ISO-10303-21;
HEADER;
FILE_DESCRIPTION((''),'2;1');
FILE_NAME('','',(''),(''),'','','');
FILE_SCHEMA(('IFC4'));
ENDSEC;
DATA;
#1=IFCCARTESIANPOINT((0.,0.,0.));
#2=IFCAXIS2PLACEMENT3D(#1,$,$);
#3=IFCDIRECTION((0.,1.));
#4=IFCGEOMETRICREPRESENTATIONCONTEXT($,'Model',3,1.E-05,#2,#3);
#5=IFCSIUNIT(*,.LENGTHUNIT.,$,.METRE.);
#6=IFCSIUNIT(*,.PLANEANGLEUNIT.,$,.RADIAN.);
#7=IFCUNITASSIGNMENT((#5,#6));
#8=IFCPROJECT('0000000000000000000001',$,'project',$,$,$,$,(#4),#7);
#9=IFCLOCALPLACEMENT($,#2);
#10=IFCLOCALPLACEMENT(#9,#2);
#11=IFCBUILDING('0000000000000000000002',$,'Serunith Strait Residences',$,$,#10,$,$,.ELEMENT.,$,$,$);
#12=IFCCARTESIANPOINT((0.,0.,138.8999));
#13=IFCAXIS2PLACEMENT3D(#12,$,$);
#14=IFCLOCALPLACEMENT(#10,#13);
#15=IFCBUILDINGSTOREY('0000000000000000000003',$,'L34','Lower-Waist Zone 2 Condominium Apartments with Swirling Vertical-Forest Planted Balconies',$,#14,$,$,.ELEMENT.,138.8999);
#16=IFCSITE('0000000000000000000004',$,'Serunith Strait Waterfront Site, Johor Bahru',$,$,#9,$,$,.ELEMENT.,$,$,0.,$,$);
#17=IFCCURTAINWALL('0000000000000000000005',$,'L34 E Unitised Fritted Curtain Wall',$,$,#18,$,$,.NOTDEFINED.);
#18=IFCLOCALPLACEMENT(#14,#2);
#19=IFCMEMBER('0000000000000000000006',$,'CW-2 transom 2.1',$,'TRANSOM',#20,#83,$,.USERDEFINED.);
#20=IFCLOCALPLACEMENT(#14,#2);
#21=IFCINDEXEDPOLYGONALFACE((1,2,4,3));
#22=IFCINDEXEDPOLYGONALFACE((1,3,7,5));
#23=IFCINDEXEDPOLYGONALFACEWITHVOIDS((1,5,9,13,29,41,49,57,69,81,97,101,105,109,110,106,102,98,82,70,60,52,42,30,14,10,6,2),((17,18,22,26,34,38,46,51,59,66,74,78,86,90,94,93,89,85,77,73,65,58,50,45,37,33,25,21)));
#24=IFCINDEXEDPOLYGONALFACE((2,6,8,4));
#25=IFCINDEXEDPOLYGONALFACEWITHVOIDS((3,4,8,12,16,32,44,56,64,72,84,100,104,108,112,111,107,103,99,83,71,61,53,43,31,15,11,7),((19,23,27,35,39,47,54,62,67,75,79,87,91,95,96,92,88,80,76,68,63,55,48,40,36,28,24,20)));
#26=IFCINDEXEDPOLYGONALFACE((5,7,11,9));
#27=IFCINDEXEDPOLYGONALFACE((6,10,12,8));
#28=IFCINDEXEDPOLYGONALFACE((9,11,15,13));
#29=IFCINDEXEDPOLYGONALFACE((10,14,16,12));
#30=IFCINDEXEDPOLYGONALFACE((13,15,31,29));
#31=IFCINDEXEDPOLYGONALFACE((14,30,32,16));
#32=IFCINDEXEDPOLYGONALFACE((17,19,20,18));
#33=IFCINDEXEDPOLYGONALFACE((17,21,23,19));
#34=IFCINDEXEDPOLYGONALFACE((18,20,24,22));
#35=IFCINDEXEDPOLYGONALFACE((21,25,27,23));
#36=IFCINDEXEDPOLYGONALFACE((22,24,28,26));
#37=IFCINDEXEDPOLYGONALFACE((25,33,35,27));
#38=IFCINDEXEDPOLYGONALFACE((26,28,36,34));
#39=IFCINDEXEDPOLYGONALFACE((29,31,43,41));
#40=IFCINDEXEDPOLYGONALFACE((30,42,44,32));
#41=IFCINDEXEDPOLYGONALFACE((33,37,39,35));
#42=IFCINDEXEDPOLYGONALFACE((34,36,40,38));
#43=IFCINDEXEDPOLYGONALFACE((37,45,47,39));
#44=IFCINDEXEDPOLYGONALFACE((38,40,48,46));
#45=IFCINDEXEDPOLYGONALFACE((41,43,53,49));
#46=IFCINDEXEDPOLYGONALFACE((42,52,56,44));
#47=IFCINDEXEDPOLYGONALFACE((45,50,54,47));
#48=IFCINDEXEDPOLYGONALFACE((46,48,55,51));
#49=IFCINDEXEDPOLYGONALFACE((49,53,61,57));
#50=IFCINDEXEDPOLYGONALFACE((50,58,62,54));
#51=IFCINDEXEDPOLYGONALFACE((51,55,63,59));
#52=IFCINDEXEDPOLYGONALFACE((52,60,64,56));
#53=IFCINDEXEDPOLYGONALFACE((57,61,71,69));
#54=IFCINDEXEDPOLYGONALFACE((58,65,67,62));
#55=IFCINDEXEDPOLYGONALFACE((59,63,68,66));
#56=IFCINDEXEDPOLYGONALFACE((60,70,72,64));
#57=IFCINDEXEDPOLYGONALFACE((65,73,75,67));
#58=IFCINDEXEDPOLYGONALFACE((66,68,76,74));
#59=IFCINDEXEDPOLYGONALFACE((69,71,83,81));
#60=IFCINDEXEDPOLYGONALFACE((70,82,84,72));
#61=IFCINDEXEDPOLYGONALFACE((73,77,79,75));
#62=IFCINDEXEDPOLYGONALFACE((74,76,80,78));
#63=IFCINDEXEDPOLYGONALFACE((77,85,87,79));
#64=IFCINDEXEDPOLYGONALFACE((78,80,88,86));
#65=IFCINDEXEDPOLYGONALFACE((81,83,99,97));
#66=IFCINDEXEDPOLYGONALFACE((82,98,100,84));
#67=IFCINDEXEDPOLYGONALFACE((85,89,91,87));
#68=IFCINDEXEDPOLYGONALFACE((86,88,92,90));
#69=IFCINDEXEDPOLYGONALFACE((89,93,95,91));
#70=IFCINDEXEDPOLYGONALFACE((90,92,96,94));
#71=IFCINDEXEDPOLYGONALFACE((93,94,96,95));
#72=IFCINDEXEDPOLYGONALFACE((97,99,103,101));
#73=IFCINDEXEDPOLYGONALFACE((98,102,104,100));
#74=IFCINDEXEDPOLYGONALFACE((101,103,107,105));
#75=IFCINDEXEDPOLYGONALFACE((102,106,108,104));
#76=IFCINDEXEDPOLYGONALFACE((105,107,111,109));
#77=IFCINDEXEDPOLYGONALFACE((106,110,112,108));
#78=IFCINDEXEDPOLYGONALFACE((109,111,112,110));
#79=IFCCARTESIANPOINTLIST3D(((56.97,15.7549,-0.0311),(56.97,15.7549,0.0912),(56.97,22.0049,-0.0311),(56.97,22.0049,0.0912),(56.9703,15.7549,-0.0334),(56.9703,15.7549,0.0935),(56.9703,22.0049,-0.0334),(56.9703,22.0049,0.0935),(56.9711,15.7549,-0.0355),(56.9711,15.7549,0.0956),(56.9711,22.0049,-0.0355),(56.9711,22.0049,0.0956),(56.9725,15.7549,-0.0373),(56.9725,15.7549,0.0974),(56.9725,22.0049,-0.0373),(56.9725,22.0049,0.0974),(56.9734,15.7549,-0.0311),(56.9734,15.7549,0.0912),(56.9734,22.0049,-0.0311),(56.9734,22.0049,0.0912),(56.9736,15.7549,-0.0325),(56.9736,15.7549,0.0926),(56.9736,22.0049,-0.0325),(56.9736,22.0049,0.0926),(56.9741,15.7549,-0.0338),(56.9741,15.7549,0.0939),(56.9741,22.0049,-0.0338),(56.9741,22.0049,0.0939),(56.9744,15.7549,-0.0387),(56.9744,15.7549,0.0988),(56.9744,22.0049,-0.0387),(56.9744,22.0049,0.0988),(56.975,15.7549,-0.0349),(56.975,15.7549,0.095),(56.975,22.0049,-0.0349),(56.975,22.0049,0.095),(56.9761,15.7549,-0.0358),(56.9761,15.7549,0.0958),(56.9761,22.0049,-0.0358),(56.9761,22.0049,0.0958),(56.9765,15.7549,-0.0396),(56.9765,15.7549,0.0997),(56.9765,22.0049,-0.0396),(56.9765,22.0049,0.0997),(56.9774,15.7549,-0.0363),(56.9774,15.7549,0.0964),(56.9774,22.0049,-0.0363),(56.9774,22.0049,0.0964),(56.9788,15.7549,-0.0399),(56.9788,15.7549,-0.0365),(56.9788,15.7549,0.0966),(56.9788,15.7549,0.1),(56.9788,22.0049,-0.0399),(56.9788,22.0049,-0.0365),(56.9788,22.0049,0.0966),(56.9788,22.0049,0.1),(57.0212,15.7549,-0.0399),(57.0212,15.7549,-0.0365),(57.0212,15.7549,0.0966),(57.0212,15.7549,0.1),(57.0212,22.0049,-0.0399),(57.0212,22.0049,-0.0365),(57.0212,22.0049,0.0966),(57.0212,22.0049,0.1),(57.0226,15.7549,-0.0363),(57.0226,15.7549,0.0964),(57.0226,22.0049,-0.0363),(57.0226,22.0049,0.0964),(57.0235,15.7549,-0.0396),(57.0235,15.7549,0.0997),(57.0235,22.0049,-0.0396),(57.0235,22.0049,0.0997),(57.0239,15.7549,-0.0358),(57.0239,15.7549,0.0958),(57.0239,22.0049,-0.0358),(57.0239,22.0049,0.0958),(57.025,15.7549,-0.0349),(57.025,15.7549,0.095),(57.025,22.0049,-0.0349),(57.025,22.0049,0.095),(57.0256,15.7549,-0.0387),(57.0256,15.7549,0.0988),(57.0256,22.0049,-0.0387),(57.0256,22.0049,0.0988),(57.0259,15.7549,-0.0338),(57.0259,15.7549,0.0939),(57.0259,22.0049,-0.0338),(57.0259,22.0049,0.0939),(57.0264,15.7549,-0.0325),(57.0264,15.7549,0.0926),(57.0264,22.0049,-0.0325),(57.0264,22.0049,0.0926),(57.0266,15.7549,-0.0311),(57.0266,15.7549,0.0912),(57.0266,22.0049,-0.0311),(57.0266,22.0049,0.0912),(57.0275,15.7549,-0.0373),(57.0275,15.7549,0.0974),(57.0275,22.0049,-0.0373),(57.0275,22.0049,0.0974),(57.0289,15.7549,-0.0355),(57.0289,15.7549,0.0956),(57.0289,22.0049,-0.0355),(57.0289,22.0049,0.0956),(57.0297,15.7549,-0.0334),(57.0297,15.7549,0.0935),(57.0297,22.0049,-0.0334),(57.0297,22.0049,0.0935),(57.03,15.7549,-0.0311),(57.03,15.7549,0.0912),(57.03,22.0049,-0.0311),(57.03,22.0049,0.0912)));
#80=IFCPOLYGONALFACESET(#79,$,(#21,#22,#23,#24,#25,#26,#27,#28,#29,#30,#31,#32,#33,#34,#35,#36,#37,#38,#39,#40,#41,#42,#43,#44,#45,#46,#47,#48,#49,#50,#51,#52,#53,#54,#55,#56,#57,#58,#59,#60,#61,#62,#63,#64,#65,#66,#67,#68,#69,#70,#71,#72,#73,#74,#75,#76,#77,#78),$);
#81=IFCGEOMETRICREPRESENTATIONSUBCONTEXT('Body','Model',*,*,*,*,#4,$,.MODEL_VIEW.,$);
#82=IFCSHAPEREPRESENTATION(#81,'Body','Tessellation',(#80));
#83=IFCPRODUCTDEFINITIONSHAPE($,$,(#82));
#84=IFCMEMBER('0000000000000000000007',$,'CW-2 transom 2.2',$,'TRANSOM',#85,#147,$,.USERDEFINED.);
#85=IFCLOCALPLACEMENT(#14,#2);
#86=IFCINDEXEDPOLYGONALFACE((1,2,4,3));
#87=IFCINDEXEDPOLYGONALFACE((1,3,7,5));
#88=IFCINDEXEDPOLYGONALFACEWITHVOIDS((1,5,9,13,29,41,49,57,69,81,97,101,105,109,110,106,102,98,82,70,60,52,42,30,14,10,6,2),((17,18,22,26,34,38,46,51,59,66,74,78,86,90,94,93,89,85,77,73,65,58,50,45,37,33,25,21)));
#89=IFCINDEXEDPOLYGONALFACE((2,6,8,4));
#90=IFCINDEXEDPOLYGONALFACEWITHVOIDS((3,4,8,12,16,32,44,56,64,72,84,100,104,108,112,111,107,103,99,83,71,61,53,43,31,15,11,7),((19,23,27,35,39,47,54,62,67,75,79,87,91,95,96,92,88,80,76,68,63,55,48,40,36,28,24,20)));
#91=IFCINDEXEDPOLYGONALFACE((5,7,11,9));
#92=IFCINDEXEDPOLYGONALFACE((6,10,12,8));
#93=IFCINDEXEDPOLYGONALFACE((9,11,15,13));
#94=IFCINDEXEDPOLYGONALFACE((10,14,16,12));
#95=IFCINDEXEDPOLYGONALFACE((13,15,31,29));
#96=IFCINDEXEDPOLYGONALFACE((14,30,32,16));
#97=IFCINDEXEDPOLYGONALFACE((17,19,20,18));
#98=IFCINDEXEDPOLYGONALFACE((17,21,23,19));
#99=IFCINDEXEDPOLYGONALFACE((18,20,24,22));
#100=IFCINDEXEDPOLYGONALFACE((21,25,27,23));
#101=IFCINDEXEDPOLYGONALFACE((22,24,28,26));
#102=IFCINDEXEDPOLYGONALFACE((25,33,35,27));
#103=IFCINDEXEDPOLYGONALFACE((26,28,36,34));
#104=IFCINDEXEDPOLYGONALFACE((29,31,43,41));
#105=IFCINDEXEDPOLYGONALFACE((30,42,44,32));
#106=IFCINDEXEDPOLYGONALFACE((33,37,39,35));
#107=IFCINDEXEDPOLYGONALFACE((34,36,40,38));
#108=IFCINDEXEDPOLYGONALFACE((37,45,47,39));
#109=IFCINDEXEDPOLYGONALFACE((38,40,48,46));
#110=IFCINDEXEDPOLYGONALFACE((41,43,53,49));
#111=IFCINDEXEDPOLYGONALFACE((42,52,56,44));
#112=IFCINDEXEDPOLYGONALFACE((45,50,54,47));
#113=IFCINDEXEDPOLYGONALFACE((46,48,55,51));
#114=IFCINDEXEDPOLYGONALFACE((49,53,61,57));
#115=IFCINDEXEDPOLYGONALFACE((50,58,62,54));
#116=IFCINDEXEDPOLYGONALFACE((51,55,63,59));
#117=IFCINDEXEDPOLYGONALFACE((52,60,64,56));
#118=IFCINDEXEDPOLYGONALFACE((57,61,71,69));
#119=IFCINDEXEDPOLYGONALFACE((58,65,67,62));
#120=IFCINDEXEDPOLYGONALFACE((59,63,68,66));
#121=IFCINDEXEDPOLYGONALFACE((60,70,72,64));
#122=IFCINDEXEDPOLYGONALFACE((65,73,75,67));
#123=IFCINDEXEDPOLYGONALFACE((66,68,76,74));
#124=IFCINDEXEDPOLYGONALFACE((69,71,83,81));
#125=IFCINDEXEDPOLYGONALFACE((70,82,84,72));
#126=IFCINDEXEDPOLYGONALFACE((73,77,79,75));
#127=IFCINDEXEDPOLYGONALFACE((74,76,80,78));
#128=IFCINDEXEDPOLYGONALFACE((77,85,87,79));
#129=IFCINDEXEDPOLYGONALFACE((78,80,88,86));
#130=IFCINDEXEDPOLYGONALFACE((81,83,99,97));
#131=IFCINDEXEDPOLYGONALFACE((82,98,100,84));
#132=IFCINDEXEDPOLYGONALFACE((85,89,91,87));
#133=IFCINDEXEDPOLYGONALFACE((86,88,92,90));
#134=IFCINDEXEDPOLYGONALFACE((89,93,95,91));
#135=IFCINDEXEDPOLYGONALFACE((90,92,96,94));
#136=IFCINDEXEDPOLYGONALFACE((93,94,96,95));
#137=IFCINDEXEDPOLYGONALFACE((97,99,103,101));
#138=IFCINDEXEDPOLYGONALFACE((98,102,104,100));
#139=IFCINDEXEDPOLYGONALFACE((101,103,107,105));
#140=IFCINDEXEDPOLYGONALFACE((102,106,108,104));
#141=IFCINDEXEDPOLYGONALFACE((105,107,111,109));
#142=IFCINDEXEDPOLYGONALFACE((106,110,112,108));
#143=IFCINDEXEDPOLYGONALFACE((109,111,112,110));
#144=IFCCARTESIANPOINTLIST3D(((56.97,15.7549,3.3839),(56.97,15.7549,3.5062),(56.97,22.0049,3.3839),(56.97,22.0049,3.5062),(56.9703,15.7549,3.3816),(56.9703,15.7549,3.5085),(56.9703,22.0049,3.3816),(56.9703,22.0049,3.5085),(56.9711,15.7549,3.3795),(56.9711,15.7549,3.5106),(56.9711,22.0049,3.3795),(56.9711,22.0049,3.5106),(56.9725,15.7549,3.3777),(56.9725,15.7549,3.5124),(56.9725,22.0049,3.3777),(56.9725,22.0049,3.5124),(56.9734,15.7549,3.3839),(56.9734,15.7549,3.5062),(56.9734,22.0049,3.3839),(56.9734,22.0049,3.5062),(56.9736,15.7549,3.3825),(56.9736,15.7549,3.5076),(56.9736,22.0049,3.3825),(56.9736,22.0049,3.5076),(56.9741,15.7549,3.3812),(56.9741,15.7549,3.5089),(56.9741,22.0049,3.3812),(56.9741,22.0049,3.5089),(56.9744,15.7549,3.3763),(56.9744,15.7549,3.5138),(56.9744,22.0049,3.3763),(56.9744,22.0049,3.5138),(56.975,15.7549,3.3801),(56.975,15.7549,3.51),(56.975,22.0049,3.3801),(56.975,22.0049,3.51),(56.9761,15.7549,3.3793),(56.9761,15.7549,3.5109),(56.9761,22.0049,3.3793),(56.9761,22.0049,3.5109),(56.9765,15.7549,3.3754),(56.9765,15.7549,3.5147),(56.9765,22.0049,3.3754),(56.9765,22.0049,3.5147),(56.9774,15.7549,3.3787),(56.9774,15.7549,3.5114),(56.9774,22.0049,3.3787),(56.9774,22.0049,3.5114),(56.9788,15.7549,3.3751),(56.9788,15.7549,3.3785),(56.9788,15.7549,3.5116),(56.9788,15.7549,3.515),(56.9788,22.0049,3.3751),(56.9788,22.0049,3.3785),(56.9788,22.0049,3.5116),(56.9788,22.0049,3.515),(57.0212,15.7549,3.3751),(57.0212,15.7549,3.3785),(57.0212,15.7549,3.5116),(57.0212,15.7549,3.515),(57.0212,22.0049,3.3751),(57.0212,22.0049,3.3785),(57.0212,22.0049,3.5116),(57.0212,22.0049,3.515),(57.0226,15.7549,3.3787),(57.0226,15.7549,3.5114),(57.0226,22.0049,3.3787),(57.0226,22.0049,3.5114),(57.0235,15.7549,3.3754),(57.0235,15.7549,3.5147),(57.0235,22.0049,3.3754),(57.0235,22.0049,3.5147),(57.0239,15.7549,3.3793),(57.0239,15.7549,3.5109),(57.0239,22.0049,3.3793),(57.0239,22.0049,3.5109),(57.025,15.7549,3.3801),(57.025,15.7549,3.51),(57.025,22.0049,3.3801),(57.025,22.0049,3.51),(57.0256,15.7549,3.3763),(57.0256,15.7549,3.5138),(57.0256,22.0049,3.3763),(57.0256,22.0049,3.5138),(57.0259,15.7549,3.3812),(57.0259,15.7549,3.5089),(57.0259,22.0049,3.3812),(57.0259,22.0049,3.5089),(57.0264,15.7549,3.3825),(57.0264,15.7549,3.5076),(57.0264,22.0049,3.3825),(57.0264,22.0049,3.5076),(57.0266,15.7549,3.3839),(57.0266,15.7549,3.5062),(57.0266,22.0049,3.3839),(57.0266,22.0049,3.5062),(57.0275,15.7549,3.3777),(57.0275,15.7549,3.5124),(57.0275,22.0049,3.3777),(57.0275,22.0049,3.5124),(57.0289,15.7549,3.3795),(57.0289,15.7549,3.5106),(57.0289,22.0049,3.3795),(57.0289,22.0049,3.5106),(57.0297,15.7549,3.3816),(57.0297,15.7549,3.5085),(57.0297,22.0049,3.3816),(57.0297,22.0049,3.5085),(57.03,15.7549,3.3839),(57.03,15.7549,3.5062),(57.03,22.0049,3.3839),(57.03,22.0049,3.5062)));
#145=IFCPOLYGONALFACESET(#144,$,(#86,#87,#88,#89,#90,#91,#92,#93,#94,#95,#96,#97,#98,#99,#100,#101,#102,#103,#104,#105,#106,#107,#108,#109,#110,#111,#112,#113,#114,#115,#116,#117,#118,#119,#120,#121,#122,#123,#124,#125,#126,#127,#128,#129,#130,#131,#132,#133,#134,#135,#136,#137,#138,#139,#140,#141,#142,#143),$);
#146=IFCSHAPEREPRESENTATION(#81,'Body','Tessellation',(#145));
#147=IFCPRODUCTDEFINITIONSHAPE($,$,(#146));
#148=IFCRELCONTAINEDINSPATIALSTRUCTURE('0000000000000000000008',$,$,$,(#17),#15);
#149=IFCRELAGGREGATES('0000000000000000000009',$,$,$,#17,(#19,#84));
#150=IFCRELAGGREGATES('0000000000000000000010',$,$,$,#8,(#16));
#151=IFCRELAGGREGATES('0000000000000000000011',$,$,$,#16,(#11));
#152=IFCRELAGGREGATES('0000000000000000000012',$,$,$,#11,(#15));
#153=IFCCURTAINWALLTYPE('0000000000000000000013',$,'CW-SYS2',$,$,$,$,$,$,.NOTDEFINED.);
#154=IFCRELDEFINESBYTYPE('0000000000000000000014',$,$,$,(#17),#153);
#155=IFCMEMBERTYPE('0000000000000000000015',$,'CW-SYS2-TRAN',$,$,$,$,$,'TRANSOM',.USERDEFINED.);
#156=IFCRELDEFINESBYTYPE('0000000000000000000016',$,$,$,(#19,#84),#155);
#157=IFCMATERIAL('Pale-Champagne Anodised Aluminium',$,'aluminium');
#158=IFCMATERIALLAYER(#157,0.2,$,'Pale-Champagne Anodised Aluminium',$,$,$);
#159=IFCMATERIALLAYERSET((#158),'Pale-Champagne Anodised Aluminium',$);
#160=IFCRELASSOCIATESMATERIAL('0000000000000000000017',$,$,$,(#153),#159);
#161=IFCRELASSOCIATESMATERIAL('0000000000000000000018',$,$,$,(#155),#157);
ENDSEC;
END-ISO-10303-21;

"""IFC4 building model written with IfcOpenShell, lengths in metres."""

from ifc_helpers import new_model, si_unit, direction, frame, origin, origin_2d, place, context, subcontext, project, spatial, hollow_rectangle, extrude, source, transform, mapped, material, layer, layer_set, material_profile, profile_set, type_object, element, aggregate, save


model = new_model("IFC4")

# Units and contexts
model_context = context("Model", 3, precision=1e-05, world=origin(), true_north=direction((0.0, 1.0)))
body_context = subcontext(model_context, "Body", "Model", "MODEL_VIEW")
ifc_project = project(units=[si_unit("LENGTHUNIT", "METRE"), si_unit("PLANEANGLEUNIT", "RADIAN")], contexts=[model_context])

# Site, building, storey
site_placement = place(None, origin())
site = spatial("IfcSite", under=ifc_project, at=site_placement, Name="Serunith Strait Waterfront Site, Johor Bahru", CompositionType="ELEMENT", RefElevation=0.0)
building_placement = place(site_placement, origin())
building = spatial("IfcBuilding", under=site, at=building_placement, Name="Serunith Strait Residences", CompositionType="ELEMENT")
storey_placement = place(building_placement, frame((0.0, 0.0, 138.8999)))
storey = spatial("IfcBuildingStorey", under=building, at=storey_placement, Name="L34", Description="Lower-Waist Zone 2 Condominium Apartments with Swirling Vertical-Forest Planted Balconies", CompositionType="ELEMENT", Elevation=138.8999)

# Curtain wall, members
ifc_material_1 = material(Name="Pale-Champagne Anodised Aluminium", Category="aluminium")
ifc_layer_1 = layer(ifc_material_1, 0.2, Name="Pale-Champagne Anodised Aluminium")
ifc_layer_set_1 = layer_set([ifc_layer_1], Name="Pale-Champagne Anodised Aluminium")
curtain_wall_type = type_object("IfcCurtainWallType", Name="CW-SYS2", PredefinedType="NOTDEFINED", material=ifc_layer_set_1)
curtain_wall_placement = place(storey_placement, origin())
curtain_wall = element("IfcCurtainWall", 1, at=curtain_wall_placement, inside=storey, type_object=curtain_wall_type, Name="L34 E Unitised Fritted Curtain Wall", PredefinedType="NOTDEFINED")
ifc_material_profile_1 = material_profile(ifc_material_1, hollow_rectangle(XDim=0.0601, YDim=0.1399, WallThickness=0.0034, InnerFilletRadius=0.0054, OuterFilletRadius=0.0088, at=origin_2d()), Name="ALU 140x60x3.5")
ifc_profile_set_1 = profile_set([ifc_material_profile_1], Name="Pale-Champagne Anodised Aluminium")
member_type_1 = type_object("IfcMemberType", Name="CW-SYS2-TRAN", ElementType="TRANSOM", PredefinedType="USERDEFINED", material=ifc_profile_set_1)
shared_shape_1 = source(origin(), body_context, "Body", "SweptSolid", [
    extrude(hollow_rectangle(XDim=0.0601, YDim=0.1399, WallThickness=0.0034, InnerFilletRadius=0.0054, OuterFilletRadius=0.0088, at=origin_2d()), origin(), (0.0, 0.0, 1.0), 6.25),
])
member_1_placement = place(storey_placement, frame((57.0, 15.7549, 0.03), z_axis=(0.0, 1.0, 0.0), x_axis=(-1.0, 0.0, 0.0)))
member_1 = element("IfcMember", 2, at=member_1_placement, type_object=member_type_1, Name="CW-2 transom 2.1", ObjectType="TRANSOM", PredefinedType="USERDEFINED", context=body_context, shape_type="MappedRepresentation", body=[
    mapped(shared_shape_1, transform((0.0, 0.0, 0.0), scale=1.0)),
])
member_2_placement = place(storey_placement, frame((57.0, 15.7549, 3.4451), z_axis=(0.0, 1.0, 0.0), x_axis=(-1.0, 0.0, 0.0)))
member_2 = element("IfcMember", 3, at=member_2_placement, type_object=member_type_1, Name="CW-2 transom 2.2", ObjectType="TRANSOM", PredefinedType="USERDEFINED", context=body_context, shape_type="MappedRepresentation", body=[
    mapped(shared_shape_1, transform((0.0, 0.0, 0.0), scale=1.0)),
])
aggregate(curtain_wall, [member_1, member_2])

save(model, "model.ifc")
